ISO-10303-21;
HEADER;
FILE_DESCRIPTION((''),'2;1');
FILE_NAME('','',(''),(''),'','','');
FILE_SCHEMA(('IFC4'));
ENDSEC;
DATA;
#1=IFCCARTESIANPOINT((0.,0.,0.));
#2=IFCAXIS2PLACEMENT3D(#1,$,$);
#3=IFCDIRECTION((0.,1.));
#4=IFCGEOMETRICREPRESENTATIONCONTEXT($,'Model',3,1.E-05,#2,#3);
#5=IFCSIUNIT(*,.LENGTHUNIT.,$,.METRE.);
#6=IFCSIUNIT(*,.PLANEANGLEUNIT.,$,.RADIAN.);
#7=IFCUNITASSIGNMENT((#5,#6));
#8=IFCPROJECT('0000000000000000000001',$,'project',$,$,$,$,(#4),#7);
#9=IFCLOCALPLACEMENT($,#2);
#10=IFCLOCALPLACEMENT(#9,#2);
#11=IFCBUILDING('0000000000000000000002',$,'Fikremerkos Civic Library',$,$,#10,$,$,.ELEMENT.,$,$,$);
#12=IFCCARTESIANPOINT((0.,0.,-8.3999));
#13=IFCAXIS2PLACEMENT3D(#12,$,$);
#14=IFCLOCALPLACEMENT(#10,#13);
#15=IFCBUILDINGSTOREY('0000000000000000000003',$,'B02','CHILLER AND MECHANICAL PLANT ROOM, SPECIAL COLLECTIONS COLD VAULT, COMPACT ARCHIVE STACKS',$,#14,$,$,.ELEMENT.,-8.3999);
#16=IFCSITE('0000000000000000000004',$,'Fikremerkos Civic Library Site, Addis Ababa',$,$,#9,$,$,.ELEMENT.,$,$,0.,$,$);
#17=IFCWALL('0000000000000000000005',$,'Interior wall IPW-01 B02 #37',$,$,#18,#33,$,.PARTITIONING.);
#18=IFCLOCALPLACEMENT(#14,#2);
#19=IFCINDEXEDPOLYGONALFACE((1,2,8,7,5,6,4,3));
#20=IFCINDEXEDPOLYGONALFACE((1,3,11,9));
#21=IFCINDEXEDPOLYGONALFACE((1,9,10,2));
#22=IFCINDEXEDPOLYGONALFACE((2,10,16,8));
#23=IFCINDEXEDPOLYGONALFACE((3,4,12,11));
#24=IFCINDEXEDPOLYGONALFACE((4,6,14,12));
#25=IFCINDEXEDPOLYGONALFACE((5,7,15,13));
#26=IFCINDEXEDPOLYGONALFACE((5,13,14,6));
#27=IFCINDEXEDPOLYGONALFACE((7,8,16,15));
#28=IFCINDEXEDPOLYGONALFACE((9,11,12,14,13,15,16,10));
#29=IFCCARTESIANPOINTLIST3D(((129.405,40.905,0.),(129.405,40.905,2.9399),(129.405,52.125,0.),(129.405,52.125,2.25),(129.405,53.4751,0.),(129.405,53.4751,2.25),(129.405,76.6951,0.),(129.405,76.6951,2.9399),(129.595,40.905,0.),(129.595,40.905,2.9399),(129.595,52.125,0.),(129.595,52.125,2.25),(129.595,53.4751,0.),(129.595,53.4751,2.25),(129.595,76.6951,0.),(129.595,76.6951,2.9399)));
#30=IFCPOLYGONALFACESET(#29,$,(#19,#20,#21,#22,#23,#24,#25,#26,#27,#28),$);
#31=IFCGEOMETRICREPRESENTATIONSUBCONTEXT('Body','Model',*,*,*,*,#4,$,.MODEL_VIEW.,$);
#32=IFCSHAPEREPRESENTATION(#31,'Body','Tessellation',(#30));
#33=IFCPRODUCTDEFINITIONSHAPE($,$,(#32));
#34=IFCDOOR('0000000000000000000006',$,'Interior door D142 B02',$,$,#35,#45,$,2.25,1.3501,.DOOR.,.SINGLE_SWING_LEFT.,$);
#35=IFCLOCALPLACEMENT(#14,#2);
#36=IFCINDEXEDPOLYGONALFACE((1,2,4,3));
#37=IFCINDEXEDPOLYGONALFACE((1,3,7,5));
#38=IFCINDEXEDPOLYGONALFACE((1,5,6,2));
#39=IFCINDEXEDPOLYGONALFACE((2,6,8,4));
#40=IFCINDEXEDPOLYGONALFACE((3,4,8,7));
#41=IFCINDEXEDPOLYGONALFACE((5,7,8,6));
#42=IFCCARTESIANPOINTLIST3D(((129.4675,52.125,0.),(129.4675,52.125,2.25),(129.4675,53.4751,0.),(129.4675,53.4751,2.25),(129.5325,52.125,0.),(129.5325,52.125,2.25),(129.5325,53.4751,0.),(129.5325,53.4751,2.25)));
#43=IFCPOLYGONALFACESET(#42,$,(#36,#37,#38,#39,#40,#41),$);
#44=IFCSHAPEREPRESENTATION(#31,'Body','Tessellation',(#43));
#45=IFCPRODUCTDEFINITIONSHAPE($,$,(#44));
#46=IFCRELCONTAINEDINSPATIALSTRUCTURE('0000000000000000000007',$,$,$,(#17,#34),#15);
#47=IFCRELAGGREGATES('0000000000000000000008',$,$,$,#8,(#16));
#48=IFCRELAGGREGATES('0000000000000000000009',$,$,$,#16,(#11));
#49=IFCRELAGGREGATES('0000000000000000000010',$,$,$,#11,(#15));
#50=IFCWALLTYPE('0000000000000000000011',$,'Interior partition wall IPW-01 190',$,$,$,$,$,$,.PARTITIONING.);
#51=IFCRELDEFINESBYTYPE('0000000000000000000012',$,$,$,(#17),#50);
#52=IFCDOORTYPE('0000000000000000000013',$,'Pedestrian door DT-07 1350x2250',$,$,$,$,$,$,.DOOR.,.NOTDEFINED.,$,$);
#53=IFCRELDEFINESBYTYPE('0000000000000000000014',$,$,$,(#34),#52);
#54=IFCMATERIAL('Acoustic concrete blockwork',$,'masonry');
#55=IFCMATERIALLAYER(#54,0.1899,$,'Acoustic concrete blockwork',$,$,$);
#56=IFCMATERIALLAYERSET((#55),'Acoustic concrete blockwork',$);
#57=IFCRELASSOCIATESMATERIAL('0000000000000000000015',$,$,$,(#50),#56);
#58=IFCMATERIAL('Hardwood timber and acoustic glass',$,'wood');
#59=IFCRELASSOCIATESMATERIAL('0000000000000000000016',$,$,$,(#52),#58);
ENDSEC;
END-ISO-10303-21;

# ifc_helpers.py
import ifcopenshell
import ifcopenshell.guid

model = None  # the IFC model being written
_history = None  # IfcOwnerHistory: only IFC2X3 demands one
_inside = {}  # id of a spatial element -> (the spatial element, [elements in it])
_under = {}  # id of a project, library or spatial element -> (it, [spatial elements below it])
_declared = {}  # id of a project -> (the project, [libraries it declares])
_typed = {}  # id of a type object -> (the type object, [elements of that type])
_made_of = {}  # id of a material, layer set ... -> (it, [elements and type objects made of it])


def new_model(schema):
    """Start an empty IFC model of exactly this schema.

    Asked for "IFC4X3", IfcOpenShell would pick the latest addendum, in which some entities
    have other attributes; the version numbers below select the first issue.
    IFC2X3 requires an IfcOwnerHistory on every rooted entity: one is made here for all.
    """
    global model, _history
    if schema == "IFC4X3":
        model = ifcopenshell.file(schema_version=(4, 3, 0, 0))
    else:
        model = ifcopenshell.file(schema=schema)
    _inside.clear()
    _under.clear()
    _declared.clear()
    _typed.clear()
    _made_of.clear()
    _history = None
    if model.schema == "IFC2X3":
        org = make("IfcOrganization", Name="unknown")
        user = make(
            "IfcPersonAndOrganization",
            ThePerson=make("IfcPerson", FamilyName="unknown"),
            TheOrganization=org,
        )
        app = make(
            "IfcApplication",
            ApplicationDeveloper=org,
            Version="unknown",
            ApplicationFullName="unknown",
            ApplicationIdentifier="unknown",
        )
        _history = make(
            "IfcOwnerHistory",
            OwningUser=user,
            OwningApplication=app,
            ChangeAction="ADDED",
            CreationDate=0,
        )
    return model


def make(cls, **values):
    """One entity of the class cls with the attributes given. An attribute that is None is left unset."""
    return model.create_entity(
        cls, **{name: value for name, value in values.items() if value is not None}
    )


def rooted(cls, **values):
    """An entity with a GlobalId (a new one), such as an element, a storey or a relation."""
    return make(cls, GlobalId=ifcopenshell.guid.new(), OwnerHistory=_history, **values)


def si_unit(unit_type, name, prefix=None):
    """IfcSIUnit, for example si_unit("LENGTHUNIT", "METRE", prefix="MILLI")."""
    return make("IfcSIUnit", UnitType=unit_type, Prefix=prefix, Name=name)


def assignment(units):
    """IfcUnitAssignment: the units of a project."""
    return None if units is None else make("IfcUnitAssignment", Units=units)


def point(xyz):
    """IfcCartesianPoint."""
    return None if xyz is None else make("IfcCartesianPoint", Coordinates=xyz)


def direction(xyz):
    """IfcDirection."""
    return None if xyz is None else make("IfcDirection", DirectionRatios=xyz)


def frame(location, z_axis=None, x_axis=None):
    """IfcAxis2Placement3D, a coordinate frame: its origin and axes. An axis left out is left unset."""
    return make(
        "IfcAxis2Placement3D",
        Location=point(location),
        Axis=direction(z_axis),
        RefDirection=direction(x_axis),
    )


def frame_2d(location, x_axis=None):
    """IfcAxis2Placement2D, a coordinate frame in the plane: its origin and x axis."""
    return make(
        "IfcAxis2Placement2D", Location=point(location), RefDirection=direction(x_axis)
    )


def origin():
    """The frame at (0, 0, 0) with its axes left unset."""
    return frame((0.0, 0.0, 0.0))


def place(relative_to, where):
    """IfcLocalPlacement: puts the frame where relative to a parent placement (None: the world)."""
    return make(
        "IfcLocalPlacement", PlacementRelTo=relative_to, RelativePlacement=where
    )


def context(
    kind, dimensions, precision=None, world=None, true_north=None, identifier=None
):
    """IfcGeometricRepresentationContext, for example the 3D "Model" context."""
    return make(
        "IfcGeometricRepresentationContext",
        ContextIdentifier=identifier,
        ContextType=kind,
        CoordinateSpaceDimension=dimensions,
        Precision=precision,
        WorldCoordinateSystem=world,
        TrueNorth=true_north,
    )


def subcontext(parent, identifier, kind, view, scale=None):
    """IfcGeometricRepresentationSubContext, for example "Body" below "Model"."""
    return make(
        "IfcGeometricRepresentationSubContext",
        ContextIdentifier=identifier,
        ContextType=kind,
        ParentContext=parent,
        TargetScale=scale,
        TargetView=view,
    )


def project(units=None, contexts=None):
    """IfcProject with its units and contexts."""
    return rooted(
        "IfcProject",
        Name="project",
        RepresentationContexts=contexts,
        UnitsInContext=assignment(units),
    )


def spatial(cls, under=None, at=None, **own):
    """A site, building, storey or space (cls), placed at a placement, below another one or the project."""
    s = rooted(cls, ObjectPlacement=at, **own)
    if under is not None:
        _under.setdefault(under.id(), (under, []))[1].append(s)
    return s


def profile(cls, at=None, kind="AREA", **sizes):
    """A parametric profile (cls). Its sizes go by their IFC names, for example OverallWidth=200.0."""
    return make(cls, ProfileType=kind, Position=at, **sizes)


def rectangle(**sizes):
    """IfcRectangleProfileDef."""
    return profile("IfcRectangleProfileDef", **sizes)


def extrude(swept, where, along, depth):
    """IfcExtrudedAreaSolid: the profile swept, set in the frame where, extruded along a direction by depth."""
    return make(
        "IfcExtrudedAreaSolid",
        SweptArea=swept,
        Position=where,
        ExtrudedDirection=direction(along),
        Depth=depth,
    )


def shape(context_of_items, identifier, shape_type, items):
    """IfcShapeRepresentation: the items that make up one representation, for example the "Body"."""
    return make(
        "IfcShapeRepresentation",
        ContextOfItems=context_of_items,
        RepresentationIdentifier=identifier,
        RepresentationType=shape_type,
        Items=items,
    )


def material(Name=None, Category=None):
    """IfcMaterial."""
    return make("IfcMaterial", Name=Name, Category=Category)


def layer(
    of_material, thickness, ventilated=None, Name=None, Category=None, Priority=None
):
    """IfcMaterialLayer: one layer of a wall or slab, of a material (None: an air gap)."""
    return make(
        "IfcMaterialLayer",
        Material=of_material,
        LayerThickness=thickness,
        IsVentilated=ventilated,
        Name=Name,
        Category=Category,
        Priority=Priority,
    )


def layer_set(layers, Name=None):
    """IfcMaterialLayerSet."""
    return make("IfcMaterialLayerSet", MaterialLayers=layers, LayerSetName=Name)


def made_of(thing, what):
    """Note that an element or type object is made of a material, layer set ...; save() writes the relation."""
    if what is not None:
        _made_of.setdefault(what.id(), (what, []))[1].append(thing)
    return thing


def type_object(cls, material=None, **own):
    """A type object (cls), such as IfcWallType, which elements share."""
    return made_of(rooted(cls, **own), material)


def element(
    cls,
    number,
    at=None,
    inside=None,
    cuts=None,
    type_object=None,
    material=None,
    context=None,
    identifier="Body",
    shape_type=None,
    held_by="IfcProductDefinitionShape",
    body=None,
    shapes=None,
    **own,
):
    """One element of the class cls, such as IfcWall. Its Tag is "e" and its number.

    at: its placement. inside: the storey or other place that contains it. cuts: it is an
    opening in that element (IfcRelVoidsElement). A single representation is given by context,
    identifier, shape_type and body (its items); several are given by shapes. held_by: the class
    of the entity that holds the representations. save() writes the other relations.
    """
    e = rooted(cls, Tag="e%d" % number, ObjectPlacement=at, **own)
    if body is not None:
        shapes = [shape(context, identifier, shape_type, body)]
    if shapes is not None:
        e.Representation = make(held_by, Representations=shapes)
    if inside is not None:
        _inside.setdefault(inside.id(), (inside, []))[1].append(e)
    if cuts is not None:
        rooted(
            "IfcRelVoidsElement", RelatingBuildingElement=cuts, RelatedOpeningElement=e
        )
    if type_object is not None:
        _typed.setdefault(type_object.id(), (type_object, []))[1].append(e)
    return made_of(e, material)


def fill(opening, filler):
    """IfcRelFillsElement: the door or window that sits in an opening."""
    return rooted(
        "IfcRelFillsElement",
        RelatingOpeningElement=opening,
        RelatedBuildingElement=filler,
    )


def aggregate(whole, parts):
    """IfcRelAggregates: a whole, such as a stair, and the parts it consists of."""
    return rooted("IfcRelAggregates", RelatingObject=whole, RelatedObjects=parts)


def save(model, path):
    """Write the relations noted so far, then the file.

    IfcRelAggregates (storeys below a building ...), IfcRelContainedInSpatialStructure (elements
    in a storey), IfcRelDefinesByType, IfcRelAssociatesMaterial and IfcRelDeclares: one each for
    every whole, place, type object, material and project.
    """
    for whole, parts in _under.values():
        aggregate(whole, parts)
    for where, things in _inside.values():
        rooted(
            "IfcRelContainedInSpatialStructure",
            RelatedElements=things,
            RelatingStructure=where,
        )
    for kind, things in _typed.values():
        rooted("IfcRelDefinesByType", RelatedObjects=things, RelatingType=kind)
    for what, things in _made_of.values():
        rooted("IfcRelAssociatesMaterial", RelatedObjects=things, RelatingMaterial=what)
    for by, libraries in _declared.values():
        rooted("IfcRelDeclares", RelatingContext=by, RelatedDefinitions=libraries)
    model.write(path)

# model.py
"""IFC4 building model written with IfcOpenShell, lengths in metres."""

from ifc_helpers import new_model, si_unit, direction, frame, frame_2d, origin, place, context, subcontext, project, spatial, rectangle, extrude, material, layer, layer_set, type_object, element, fill, save


model = new_model("IFC4")

# Units and contexts
model_context = context("Model", 3, precision=1e-05, world=origin(), true_north=direction((0.0, 1.0)))
body_context = subcontext(model_context, "Body", "Model", "MODEL_VIEW")
ifc_project = project(units=[si_unit("LENGTHUNIT", "METRE"), si_unit("PLANEANGLEUNIT", "RADIAN")], contexts=[model_context])

# Site, building, storey
site_placement = place(None, origin())
site = spatial("IfcSite", under=ifc_project, at=site_placement, Name="Fikremerkos Civic Library Site, Addis Ababa", CompositionType="ELEMENT", RefElevation=0.0)
building_placement = place(site_placement, origin())
building = spatial("IfcBuilding", under=site, at=building_placement, Name="Fikremerkos Civic Library", CompositionType="ELEMENT")
storey_placement = place(building_placement, frame((0.0, 0.0, -8.3999)))
storey = spatial("IfcBuildingStorey", under=building, at=storey_placement, Name="B02", Description="CHILLER AND MECHANICAL PLANT ROOM, SPECIAL COLLECTIONS COLD VAULT, COMPACT ARCHIVE STACKS", CompositionType="ELEMENT", Elevation=-8.3999)

# Shared definitions
ifc_material_1 = material(Name="Acoustic concrete blockwork", Category="masonry")
ifc_layer = layer(ifc_material_1, 0.1899, Name="Acoustic concrete blockwork")
ifc_layer_set = layer_set([ifc_layer], Name="Acoustic concrete blockwork")
wall_type = type_object("IfcWallType", Name="Interior partition wall IPW-01 190", PredefinedType="PARTITIONING", material=ifc_layer_set)

# Wall, opening, door
wall_1_placement = place(storey_placement, frame((129.5, 40.905, 0.0), z_axis=(0.0, 0.0, 1.0), x_axis=(0.0, 1.0, 0.0)))
wall_1 = element("IfcWall", 1, at=wall_1_placement, inside=storey, type_object=wall_type, Name="Interior wall IPW-01 B02 #37", PredefinedType="PARTITIONING", context=body_context, shape_type="SweptSolid", body=[
    extrude(rectangle(XDim=35.79, YDim=0.1899, at=frame_2d((17.895, 0.0))), origin(), (0.0, 0.0, 1.0), 2.9399),
])
opening_placement = place(wall_1_placement, frame((11.22, 0.0, 0.0)))
opening = element("IfcOpeningElement", 2, at=opening_placement, cuts=wall_1, PredefinedType="OPENING", context=body_context, shape_type="SweptSolid", body=[
    extrude(rectangle(XDim=1.3501, YDim=2.25, at=frame_2d((0.675, 1.125))), frame((0.0, 0.105, 0.0), z_axis=(0.0, -1.0, 0.0), x_axis=(1.0, 0.0, 0.0)), (0.0, 0.0, 1.0), 0.21),
])
ifc_material_2 = material(Name="Hardwood timber and acoustic glass", Category="wood")
door_type = type_object("IfcDoorType", Name="Pedestrian door DT-07 1350x2250", OperationType="NOTDEFINED", PredefinedType="DOOR", material=ifc_material_2)
door_placement = place(opening_placement, origin())
door = element("IfcDoor", 3, at=door_placement, inside=storey, type_object=door_type, Name="Interior door D142 B02", OperationType="SINGLE_SWING_LEFT", OverallHeight=2.25, OverallWidth=1.3501, PredefinedType="DOOR", context=body_context, shape_type="SweptSolid", body=[
    extrude(rectangle(XDim=1.3501, YDim=2.25, at=frame_2d((0.675, 1.125))), frame((0.0, 0.0325, 0.0), z_axis=(0.0, -1.0, 0.0), x_axis=(1.0, 0.0, 0.0)), (0.0, 0.0, 1.0), 0.0649),
])
fill(opening, door)

save(model, "model.ifc")
